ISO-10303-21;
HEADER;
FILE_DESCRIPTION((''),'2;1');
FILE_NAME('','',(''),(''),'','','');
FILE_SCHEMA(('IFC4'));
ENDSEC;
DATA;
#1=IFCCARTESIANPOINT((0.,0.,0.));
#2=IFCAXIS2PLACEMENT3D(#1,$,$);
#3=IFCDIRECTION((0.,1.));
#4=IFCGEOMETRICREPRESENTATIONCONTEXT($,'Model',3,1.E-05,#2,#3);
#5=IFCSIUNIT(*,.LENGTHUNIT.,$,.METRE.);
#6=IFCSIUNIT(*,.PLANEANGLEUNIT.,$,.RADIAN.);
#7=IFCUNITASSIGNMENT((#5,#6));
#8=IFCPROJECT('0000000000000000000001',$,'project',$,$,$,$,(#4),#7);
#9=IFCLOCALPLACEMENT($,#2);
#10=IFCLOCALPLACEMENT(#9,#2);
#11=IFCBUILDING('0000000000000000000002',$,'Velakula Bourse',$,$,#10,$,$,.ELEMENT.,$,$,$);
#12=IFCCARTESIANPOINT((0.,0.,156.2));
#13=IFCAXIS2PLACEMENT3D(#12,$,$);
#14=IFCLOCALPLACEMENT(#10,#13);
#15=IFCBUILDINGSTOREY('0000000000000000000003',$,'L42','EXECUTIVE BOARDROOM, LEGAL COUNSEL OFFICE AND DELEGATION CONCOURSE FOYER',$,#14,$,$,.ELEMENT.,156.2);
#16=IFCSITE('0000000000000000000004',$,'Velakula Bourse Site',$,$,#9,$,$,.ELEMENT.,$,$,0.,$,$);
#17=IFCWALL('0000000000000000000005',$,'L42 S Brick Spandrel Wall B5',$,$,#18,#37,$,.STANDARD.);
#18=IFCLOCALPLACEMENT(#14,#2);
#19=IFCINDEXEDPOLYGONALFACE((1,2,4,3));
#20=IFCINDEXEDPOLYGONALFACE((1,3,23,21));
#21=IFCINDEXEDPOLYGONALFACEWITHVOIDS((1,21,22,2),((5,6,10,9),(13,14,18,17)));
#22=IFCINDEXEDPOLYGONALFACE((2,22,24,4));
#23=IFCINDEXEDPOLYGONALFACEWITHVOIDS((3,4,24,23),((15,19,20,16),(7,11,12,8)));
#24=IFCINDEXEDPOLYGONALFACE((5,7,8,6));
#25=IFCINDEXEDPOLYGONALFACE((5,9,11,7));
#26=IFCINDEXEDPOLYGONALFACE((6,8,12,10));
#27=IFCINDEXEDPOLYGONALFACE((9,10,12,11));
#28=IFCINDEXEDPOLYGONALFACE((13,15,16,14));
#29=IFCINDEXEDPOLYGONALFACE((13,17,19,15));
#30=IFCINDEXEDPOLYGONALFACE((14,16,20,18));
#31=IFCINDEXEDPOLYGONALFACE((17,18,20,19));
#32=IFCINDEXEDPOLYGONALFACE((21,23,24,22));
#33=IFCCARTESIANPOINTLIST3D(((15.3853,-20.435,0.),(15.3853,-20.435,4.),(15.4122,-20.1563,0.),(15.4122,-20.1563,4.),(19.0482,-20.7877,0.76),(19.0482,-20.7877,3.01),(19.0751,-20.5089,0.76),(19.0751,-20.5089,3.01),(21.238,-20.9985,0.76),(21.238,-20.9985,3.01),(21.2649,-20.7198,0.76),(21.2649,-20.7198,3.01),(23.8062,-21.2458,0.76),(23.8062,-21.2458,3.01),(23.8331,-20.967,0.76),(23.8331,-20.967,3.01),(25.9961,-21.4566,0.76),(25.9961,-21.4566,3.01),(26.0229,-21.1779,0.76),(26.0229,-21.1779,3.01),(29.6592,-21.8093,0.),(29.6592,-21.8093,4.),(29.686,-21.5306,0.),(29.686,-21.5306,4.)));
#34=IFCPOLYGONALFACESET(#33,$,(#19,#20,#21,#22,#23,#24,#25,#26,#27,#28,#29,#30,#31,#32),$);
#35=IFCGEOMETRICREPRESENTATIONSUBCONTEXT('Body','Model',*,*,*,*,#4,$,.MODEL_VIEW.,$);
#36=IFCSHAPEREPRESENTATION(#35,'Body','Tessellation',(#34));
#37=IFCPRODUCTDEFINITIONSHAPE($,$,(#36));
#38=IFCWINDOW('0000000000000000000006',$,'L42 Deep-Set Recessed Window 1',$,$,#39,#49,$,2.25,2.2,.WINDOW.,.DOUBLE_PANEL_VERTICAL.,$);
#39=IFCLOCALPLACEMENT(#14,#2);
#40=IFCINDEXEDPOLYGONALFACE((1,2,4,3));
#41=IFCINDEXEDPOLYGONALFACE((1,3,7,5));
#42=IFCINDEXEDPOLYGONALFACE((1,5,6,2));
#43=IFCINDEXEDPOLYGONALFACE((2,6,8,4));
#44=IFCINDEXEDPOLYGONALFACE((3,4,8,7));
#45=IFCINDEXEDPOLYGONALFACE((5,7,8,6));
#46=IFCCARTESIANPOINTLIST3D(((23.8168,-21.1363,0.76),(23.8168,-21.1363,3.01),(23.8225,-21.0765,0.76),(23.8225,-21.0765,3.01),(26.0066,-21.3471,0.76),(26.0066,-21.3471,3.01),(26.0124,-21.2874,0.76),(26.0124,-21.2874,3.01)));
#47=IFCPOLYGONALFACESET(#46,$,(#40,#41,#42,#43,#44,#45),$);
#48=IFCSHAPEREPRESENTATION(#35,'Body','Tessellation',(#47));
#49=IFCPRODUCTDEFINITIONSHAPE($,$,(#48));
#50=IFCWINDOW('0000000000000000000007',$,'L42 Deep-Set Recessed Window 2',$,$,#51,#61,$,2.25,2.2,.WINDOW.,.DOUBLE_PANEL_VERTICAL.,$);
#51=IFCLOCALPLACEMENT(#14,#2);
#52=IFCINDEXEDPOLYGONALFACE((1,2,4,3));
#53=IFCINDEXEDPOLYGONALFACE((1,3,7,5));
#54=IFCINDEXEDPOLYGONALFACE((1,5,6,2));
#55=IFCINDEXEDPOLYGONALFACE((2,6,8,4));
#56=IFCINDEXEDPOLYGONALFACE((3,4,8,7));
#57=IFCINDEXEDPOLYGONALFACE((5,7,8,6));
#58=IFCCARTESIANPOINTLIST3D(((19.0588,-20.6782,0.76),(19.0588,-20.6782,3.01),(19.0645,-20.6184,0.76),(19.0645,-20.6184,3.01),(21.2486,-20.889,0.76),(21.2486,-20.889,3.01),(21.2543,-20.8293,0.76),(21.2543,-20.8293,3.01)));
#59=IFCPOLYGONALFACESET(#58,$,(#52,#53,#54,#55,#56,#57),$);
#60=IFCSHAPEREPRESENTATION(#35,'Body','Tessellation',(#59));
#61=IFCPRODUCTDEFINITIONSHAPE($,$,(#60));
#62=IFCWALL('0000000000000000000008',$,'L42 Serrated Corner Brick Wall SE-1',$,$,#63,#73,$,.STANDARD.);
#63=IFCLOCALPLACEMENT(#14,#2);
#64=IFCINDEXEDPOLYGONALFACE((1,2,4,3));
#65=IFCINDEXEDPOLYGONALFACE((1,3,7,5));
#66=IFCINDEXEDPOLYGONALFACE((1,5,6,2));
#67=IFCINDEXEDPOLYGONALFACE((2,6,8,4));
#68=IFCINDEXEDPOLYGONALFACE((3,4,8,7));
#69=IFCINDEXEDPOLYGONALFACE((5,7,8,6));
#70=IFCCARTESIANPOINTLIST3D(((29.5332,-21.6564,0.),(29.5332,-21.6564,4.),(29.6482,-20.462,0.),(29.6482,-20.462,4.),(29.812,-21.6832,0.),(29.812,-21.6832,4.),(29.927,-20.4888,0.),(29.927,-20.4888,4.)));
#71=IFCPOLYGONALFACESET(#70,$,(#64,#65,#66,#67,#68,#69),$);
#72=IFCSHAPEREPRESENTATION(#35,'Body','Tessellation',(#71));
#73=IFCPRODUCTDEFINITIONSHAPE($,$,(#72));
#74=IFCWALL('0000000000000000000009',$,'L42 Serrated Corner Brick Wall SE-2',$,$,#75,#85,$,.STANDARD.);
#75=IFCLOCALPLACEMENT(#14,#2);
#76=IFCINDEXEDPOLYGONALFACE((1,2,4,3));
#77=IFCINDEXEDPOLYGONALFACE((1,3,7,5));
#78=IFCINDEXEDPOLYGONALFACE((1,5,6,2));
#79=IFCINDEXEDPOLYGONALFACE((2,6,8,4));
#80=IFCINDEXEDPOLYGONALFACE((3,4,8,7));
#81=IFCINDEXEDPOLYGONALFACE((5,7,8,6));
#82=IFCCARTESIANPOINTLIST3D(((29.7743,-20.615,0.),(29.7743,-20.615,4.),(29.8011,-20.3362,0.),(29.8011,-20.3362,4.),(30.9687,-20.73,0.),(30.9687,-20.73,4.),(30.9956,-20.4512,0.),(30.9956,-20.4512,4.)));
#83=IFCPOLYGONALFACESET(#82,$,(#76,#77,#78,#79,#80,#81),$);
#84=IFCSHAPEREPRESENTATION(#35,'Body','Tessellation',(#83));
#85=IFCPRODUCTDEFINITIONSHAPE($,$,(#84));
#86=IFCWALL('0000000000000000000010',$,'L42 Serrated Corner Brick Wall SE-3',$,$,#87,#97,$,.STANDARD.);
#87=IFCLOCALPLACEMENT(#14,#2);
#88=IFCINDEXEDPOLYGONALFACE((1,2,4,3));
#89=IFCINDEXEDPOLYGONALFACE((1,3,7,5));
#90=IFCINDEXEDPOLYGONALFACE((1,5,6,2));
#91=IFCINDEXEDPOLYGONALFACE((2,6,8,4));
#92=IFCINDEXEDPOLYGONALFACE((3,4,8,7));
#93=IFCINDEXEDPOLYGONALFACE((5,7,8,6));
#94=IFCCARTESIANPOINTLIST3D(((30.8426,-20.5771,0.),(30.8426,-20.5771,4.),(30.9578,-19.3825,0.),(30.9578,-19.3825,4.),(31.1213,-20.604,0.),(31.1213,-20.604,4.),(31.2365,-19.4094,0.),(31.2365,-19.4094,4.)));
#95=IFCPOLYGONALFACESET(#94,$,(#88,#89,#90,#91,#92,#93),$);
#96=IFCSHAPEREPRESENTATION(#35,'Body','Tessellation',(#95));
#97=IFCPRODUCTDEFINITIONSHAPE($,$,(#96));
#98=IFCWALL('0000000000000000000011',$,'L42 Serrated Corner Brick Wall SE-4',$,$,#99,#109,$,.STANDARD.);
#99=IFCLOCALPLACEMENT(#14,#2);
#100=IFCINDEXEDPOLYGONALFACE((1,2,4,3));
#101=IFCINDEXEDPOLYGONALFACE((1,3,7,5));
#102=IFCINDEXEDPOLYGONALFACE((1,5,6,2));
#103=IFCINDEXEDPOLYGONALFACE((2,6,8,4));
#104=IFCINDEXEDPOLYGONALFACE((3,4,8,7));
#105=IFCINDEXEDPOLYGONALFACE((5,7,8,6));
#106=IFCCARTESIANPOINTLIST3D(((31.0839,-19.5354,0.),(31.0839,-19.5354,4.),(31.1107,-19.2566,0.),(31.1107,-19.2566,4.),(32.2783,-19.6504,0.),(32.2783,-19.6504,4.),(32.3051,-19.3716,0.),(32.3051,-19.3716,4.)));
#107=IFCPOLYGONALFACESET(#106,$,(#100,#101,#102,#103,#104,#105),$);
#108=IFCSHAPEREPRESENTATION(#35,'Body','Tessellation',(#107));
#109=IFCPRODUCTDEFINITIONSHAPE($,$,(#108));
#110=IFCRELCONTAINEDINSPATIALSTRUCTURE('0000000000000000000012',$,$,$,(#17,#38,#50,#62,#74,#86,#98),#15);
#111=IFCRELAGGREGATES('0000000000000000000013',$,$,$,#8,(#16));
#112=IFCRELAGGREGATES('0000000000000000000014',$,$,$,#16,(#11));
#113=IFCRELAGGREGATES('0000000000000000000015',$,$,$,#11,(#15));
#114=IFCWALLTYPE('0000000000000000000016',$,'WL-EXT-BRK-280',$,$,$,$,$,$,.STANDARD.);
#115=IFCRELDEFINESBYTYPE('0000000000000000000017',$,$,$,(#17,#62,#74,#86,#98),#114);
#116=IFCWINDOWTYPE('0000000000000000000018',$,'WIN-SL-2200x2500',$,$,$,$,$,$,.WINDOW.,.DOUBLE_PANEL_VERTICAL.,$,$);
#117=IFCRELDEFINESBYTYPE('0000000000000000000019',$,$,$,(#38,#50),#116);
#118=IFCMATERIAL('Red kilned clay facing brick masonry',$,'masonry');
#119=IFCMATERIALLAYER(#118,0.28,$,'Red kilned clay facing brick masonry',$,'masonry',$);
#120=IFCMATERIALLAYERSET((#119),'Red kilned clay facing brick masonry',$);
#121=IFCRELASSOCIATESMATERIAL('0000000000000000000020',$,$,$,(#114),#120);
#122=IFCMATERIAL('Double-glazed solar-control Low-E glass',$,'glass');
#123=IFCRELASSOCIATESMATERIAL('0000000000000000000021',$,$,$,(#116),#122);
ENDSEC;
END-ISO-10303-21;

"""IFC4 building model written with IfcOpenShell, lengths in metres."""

from ifc_helpers import new_model, si_unit, direction, frame, frame_2d, origin, place, context, subcontext, project, spatial, rectangle, extrude, material, layer, layer_set, type_object, element, fill, save


model = new_model("IFC4")

# Units and contexts
model_context = context("Model", 3, precision=1e-05, world=origin(), true_north=direction((0.0, 1.0)))
body_context = subcontext(model_context, "Body", "Model", "MODEL_VIEW")
ifc_project = project(units=[si_unit("LENGTHUNIT", "METRE"), si_unit("PLANEANGLEUNIT", "RADIAN")], contexts=[model_context])

# Site, building, storey
site_placement = place(None, origin())
site = spatial("IfcSite", under=ifc_project, at=site_placement, Name="Velakula Bourse Site", CompositionType="ELEMENT", RefElevation=0.0)
building_placement = place(site_placement, origin())
building = spatial("IfcBuilding", under=site, at=building_placement, Name="Velakula Bourse", CompositionType="ELEMENT")
storey_placement = place(building_placement, frame((0.0, 0.0, 156.2)))
storey = spatial("IfcBuildingStorey", under=building, at=storey_placement, Name="L42", Description="EXECUTIVE BOARDROOM, LEGAL COUNSEL OFFICE AND DELEGATION CONCOURSE FOYER", CompositionType="ELEMENT", Elevation=156.2)

# Wall, openings, windows
ifc_material_1 = material(Name="Red kilned clay facing brick masonry", Category="masonry")
ifc_layer_1 = layer(ifc_material_1, 0.28, Name="Red kilned clay facing brick masonry", Category="masonry")
ifc_layer_set_1 = layer_set([ifc_layer_1], Name="Red kilned clay facing brick masonry")
wall_type = type_object("IfcWallType", Name="WL-EXT-BRK-280", PredefinedType="STANDARD", material=ifc_layer_set_1)
wall_1_placement = place(storey_placement, frame((29.6726, -21.6699, 0.0), z_axis=(0.0, 0.0, 1.0), x_axis=(-0.995397, 0.095835, 0.0)))
wall_1 = element("IfcWall", 1, at=wall_1_placement, inside=storey, type_object=wall_type, Name="L42 S Brick Spandrel Wall B5", PredefinedType="STANDARD", context=body_context, shape_type="SweptSolid", body=[
    extrude(rectangle(XDim=14.3398, YDim=0.28, at=frame_2d((7.1699, 0.0))), origin(), (0.0, 0.0, 1.0), 4.0),
])
opening_1_placement = place(wall_1_placement, frame((3.6799, 0.0, 0.76)))
opening_1 = element("IfcOpeningElement", 2, at=opening_1_placement, cuts=wall_1, PredefinedType="OPENING", context=body_context, shape_type="SweptSolid", body=[
    extrude(rectangle(XDim=2.2, YDim=2.25, at=frame_2d((1.1001, 1.125))), frame((0.0, 0.1499, 0.0), z_axis=(0.0, -1.0, 0.0), x_axis=(1.0, 0.0, 0.0)), (0.0, 0.0, 1.0), 0.3),
])
opening_2_placement = place(wall_1_placement, frame((8.46, 0.0, 0.76)))
opening_2 = element("IfcOpeningElement", 3, at=opening_2_placement, cuts=wall_1, PredefinedType="OPENING", context=body_context, shape_type="SweptSolid", body=[
    extrude(rectangle(XDim=2.2, YDim=2.25, at=frame_2d((1.1001, 1.125))), frame((0.0, 0.1499, 0.0), z_axis=(0.0, -1.0, 0.0), x_axis=(1.0, 0.0, 0.0)), (0.0, 0.0, 1.0), 0.3),
])
ifc_material_2 = material(Name="Double-glazed solar-control Low-E glass", Category="glass")
window_type = type_object("IfcWindowType", Name="WIN-SL-2200x2500", PartitioningType="DOUBLE_PANEL_VERTICAL", PredefinedType="WINDOW", material=ifc_material_2)
window_1_placement = place(opening_1_placement, origin())
window_1 = element("IfcWindow", 4, at=window_1_placement, inside=storey, type_object=window_type, Name="L42 Deep-Set Recessed Window 1", OverallHeight=2.25, OverallWidth=2.2, PartitioningType="DOUBLE_PANEL_VERTICAL", PredefinedType="WINDOW", context=body_context, shape_type="SweptSolid", body=[
    extrude(rectangle(XDim=2.2, YDim=2.25, at=frame_2d((1.1001, 1.125))), frame((0.0, 0.03, 0.0), z_axis=(0.0, -1.0, 0.0), x_axis=(1.0, 0.0, 0.0)), (0.0, 0.0, 1.0), 0.0601),
])
fill(opening_1, window_1)
window_2_placement = place(opening_2_placement, origin())
window_2 = element("IfcWindow", 5, at=window_2_placement, inside=storey, type_object=window_type, Name="L42 Deep-Set Recessed Window 2", OverallHeight=2.25, OverallWidth=2.2, PartitioningType="DOUBLE_PANEL_VERTICAL", PredefinedType="WINDOW", context=body_context, shape_type="SweptSolid", body=[
    extrude(rectangle(XDim=2.2, YDim=2.25, at=frame_2d((1.1001, 1.125))), frame((0.0, 0.03, 0.0), z_axis=(0.0, -1.0, 0.0), x_axis=(1.0, 0.0, 0.0)), (0.0, 0.0, 1.0), 0.0601),
])
fill(opening_2, window_2)

# Walls
for number, where, z_axis, x_axis, name in (
    (6, (29.6726, -21.6699, 0.0), (0.0, 0.0, 1.0), (0.095836, 0.995397, 0.0), "L42 Serrated Corner Brick Wall SE-1"),
    (7, (29.7876, -20.4756, 0.0), (0.0, 0.0, 1.0), (0.995397, -0.095836, 0.0), "L42 Serrated Corner Brick Wall SE-2"),
):
    element("IfcWall", number, at=place(storey_placement, frame(where, z_axis=z_axis, x_axis=x_axis)), inside=storey, type_object=wall_type, Name=name, PredefinedType="STANDARD", context=body_context, shape_type="SweptSolid", body=[
        extrude(rectangle(XDim=1.2, YDim=0.28, at=frame_2d((0.6001, 0.0))), origin(), (0.0, 0.0, 1.0), 4.0),
    ])
wall_2_placement = place(storey_placement, frame((30.9819, -20.5906, 0.0), z_axis=(0.0, 0.0, 1.0), x_axis=(0.096019, 0.99538, 0.0)))
element("IfcWall", 8, at=wall_2_placement, inside=storey, type_object=wall_type, Name="L42 Serrated Corner Brick Wall SE-3", PredefinedType="STANDARD", context=body_context, shape_type="SweptSolid", body=[
    extrude(rectangle(XDim=1.2002, YDim=0.28, at=frame_2d((0.6001, 0.0))), origin(), (0.0, 0.0, 1.0), 4.0),
])
wall_3_placement = place(storey_placement, frame((31.0972, -19.396, 0.0), z_axis=(0.0, 0.0, 1.0), x_axis=(0.995397, -0.095836, 0.0)))
element("IfcWall", 9, at=wall_3_placement, inside=storey, type_object=wall_type, Name="L42 Serrated Corner Brick Wall SE-4", PredefinedType="STANDARD", context=body_context, shape_type="SweptSolid", body=[
    extrude(rectangle(XDim=1.2, YDim=0.28, at=frame_2d((0.6001, 0.0))), origin(), (0.0, 0.0, 1.0), 4.0),
])

save(model, "model.ifc")
